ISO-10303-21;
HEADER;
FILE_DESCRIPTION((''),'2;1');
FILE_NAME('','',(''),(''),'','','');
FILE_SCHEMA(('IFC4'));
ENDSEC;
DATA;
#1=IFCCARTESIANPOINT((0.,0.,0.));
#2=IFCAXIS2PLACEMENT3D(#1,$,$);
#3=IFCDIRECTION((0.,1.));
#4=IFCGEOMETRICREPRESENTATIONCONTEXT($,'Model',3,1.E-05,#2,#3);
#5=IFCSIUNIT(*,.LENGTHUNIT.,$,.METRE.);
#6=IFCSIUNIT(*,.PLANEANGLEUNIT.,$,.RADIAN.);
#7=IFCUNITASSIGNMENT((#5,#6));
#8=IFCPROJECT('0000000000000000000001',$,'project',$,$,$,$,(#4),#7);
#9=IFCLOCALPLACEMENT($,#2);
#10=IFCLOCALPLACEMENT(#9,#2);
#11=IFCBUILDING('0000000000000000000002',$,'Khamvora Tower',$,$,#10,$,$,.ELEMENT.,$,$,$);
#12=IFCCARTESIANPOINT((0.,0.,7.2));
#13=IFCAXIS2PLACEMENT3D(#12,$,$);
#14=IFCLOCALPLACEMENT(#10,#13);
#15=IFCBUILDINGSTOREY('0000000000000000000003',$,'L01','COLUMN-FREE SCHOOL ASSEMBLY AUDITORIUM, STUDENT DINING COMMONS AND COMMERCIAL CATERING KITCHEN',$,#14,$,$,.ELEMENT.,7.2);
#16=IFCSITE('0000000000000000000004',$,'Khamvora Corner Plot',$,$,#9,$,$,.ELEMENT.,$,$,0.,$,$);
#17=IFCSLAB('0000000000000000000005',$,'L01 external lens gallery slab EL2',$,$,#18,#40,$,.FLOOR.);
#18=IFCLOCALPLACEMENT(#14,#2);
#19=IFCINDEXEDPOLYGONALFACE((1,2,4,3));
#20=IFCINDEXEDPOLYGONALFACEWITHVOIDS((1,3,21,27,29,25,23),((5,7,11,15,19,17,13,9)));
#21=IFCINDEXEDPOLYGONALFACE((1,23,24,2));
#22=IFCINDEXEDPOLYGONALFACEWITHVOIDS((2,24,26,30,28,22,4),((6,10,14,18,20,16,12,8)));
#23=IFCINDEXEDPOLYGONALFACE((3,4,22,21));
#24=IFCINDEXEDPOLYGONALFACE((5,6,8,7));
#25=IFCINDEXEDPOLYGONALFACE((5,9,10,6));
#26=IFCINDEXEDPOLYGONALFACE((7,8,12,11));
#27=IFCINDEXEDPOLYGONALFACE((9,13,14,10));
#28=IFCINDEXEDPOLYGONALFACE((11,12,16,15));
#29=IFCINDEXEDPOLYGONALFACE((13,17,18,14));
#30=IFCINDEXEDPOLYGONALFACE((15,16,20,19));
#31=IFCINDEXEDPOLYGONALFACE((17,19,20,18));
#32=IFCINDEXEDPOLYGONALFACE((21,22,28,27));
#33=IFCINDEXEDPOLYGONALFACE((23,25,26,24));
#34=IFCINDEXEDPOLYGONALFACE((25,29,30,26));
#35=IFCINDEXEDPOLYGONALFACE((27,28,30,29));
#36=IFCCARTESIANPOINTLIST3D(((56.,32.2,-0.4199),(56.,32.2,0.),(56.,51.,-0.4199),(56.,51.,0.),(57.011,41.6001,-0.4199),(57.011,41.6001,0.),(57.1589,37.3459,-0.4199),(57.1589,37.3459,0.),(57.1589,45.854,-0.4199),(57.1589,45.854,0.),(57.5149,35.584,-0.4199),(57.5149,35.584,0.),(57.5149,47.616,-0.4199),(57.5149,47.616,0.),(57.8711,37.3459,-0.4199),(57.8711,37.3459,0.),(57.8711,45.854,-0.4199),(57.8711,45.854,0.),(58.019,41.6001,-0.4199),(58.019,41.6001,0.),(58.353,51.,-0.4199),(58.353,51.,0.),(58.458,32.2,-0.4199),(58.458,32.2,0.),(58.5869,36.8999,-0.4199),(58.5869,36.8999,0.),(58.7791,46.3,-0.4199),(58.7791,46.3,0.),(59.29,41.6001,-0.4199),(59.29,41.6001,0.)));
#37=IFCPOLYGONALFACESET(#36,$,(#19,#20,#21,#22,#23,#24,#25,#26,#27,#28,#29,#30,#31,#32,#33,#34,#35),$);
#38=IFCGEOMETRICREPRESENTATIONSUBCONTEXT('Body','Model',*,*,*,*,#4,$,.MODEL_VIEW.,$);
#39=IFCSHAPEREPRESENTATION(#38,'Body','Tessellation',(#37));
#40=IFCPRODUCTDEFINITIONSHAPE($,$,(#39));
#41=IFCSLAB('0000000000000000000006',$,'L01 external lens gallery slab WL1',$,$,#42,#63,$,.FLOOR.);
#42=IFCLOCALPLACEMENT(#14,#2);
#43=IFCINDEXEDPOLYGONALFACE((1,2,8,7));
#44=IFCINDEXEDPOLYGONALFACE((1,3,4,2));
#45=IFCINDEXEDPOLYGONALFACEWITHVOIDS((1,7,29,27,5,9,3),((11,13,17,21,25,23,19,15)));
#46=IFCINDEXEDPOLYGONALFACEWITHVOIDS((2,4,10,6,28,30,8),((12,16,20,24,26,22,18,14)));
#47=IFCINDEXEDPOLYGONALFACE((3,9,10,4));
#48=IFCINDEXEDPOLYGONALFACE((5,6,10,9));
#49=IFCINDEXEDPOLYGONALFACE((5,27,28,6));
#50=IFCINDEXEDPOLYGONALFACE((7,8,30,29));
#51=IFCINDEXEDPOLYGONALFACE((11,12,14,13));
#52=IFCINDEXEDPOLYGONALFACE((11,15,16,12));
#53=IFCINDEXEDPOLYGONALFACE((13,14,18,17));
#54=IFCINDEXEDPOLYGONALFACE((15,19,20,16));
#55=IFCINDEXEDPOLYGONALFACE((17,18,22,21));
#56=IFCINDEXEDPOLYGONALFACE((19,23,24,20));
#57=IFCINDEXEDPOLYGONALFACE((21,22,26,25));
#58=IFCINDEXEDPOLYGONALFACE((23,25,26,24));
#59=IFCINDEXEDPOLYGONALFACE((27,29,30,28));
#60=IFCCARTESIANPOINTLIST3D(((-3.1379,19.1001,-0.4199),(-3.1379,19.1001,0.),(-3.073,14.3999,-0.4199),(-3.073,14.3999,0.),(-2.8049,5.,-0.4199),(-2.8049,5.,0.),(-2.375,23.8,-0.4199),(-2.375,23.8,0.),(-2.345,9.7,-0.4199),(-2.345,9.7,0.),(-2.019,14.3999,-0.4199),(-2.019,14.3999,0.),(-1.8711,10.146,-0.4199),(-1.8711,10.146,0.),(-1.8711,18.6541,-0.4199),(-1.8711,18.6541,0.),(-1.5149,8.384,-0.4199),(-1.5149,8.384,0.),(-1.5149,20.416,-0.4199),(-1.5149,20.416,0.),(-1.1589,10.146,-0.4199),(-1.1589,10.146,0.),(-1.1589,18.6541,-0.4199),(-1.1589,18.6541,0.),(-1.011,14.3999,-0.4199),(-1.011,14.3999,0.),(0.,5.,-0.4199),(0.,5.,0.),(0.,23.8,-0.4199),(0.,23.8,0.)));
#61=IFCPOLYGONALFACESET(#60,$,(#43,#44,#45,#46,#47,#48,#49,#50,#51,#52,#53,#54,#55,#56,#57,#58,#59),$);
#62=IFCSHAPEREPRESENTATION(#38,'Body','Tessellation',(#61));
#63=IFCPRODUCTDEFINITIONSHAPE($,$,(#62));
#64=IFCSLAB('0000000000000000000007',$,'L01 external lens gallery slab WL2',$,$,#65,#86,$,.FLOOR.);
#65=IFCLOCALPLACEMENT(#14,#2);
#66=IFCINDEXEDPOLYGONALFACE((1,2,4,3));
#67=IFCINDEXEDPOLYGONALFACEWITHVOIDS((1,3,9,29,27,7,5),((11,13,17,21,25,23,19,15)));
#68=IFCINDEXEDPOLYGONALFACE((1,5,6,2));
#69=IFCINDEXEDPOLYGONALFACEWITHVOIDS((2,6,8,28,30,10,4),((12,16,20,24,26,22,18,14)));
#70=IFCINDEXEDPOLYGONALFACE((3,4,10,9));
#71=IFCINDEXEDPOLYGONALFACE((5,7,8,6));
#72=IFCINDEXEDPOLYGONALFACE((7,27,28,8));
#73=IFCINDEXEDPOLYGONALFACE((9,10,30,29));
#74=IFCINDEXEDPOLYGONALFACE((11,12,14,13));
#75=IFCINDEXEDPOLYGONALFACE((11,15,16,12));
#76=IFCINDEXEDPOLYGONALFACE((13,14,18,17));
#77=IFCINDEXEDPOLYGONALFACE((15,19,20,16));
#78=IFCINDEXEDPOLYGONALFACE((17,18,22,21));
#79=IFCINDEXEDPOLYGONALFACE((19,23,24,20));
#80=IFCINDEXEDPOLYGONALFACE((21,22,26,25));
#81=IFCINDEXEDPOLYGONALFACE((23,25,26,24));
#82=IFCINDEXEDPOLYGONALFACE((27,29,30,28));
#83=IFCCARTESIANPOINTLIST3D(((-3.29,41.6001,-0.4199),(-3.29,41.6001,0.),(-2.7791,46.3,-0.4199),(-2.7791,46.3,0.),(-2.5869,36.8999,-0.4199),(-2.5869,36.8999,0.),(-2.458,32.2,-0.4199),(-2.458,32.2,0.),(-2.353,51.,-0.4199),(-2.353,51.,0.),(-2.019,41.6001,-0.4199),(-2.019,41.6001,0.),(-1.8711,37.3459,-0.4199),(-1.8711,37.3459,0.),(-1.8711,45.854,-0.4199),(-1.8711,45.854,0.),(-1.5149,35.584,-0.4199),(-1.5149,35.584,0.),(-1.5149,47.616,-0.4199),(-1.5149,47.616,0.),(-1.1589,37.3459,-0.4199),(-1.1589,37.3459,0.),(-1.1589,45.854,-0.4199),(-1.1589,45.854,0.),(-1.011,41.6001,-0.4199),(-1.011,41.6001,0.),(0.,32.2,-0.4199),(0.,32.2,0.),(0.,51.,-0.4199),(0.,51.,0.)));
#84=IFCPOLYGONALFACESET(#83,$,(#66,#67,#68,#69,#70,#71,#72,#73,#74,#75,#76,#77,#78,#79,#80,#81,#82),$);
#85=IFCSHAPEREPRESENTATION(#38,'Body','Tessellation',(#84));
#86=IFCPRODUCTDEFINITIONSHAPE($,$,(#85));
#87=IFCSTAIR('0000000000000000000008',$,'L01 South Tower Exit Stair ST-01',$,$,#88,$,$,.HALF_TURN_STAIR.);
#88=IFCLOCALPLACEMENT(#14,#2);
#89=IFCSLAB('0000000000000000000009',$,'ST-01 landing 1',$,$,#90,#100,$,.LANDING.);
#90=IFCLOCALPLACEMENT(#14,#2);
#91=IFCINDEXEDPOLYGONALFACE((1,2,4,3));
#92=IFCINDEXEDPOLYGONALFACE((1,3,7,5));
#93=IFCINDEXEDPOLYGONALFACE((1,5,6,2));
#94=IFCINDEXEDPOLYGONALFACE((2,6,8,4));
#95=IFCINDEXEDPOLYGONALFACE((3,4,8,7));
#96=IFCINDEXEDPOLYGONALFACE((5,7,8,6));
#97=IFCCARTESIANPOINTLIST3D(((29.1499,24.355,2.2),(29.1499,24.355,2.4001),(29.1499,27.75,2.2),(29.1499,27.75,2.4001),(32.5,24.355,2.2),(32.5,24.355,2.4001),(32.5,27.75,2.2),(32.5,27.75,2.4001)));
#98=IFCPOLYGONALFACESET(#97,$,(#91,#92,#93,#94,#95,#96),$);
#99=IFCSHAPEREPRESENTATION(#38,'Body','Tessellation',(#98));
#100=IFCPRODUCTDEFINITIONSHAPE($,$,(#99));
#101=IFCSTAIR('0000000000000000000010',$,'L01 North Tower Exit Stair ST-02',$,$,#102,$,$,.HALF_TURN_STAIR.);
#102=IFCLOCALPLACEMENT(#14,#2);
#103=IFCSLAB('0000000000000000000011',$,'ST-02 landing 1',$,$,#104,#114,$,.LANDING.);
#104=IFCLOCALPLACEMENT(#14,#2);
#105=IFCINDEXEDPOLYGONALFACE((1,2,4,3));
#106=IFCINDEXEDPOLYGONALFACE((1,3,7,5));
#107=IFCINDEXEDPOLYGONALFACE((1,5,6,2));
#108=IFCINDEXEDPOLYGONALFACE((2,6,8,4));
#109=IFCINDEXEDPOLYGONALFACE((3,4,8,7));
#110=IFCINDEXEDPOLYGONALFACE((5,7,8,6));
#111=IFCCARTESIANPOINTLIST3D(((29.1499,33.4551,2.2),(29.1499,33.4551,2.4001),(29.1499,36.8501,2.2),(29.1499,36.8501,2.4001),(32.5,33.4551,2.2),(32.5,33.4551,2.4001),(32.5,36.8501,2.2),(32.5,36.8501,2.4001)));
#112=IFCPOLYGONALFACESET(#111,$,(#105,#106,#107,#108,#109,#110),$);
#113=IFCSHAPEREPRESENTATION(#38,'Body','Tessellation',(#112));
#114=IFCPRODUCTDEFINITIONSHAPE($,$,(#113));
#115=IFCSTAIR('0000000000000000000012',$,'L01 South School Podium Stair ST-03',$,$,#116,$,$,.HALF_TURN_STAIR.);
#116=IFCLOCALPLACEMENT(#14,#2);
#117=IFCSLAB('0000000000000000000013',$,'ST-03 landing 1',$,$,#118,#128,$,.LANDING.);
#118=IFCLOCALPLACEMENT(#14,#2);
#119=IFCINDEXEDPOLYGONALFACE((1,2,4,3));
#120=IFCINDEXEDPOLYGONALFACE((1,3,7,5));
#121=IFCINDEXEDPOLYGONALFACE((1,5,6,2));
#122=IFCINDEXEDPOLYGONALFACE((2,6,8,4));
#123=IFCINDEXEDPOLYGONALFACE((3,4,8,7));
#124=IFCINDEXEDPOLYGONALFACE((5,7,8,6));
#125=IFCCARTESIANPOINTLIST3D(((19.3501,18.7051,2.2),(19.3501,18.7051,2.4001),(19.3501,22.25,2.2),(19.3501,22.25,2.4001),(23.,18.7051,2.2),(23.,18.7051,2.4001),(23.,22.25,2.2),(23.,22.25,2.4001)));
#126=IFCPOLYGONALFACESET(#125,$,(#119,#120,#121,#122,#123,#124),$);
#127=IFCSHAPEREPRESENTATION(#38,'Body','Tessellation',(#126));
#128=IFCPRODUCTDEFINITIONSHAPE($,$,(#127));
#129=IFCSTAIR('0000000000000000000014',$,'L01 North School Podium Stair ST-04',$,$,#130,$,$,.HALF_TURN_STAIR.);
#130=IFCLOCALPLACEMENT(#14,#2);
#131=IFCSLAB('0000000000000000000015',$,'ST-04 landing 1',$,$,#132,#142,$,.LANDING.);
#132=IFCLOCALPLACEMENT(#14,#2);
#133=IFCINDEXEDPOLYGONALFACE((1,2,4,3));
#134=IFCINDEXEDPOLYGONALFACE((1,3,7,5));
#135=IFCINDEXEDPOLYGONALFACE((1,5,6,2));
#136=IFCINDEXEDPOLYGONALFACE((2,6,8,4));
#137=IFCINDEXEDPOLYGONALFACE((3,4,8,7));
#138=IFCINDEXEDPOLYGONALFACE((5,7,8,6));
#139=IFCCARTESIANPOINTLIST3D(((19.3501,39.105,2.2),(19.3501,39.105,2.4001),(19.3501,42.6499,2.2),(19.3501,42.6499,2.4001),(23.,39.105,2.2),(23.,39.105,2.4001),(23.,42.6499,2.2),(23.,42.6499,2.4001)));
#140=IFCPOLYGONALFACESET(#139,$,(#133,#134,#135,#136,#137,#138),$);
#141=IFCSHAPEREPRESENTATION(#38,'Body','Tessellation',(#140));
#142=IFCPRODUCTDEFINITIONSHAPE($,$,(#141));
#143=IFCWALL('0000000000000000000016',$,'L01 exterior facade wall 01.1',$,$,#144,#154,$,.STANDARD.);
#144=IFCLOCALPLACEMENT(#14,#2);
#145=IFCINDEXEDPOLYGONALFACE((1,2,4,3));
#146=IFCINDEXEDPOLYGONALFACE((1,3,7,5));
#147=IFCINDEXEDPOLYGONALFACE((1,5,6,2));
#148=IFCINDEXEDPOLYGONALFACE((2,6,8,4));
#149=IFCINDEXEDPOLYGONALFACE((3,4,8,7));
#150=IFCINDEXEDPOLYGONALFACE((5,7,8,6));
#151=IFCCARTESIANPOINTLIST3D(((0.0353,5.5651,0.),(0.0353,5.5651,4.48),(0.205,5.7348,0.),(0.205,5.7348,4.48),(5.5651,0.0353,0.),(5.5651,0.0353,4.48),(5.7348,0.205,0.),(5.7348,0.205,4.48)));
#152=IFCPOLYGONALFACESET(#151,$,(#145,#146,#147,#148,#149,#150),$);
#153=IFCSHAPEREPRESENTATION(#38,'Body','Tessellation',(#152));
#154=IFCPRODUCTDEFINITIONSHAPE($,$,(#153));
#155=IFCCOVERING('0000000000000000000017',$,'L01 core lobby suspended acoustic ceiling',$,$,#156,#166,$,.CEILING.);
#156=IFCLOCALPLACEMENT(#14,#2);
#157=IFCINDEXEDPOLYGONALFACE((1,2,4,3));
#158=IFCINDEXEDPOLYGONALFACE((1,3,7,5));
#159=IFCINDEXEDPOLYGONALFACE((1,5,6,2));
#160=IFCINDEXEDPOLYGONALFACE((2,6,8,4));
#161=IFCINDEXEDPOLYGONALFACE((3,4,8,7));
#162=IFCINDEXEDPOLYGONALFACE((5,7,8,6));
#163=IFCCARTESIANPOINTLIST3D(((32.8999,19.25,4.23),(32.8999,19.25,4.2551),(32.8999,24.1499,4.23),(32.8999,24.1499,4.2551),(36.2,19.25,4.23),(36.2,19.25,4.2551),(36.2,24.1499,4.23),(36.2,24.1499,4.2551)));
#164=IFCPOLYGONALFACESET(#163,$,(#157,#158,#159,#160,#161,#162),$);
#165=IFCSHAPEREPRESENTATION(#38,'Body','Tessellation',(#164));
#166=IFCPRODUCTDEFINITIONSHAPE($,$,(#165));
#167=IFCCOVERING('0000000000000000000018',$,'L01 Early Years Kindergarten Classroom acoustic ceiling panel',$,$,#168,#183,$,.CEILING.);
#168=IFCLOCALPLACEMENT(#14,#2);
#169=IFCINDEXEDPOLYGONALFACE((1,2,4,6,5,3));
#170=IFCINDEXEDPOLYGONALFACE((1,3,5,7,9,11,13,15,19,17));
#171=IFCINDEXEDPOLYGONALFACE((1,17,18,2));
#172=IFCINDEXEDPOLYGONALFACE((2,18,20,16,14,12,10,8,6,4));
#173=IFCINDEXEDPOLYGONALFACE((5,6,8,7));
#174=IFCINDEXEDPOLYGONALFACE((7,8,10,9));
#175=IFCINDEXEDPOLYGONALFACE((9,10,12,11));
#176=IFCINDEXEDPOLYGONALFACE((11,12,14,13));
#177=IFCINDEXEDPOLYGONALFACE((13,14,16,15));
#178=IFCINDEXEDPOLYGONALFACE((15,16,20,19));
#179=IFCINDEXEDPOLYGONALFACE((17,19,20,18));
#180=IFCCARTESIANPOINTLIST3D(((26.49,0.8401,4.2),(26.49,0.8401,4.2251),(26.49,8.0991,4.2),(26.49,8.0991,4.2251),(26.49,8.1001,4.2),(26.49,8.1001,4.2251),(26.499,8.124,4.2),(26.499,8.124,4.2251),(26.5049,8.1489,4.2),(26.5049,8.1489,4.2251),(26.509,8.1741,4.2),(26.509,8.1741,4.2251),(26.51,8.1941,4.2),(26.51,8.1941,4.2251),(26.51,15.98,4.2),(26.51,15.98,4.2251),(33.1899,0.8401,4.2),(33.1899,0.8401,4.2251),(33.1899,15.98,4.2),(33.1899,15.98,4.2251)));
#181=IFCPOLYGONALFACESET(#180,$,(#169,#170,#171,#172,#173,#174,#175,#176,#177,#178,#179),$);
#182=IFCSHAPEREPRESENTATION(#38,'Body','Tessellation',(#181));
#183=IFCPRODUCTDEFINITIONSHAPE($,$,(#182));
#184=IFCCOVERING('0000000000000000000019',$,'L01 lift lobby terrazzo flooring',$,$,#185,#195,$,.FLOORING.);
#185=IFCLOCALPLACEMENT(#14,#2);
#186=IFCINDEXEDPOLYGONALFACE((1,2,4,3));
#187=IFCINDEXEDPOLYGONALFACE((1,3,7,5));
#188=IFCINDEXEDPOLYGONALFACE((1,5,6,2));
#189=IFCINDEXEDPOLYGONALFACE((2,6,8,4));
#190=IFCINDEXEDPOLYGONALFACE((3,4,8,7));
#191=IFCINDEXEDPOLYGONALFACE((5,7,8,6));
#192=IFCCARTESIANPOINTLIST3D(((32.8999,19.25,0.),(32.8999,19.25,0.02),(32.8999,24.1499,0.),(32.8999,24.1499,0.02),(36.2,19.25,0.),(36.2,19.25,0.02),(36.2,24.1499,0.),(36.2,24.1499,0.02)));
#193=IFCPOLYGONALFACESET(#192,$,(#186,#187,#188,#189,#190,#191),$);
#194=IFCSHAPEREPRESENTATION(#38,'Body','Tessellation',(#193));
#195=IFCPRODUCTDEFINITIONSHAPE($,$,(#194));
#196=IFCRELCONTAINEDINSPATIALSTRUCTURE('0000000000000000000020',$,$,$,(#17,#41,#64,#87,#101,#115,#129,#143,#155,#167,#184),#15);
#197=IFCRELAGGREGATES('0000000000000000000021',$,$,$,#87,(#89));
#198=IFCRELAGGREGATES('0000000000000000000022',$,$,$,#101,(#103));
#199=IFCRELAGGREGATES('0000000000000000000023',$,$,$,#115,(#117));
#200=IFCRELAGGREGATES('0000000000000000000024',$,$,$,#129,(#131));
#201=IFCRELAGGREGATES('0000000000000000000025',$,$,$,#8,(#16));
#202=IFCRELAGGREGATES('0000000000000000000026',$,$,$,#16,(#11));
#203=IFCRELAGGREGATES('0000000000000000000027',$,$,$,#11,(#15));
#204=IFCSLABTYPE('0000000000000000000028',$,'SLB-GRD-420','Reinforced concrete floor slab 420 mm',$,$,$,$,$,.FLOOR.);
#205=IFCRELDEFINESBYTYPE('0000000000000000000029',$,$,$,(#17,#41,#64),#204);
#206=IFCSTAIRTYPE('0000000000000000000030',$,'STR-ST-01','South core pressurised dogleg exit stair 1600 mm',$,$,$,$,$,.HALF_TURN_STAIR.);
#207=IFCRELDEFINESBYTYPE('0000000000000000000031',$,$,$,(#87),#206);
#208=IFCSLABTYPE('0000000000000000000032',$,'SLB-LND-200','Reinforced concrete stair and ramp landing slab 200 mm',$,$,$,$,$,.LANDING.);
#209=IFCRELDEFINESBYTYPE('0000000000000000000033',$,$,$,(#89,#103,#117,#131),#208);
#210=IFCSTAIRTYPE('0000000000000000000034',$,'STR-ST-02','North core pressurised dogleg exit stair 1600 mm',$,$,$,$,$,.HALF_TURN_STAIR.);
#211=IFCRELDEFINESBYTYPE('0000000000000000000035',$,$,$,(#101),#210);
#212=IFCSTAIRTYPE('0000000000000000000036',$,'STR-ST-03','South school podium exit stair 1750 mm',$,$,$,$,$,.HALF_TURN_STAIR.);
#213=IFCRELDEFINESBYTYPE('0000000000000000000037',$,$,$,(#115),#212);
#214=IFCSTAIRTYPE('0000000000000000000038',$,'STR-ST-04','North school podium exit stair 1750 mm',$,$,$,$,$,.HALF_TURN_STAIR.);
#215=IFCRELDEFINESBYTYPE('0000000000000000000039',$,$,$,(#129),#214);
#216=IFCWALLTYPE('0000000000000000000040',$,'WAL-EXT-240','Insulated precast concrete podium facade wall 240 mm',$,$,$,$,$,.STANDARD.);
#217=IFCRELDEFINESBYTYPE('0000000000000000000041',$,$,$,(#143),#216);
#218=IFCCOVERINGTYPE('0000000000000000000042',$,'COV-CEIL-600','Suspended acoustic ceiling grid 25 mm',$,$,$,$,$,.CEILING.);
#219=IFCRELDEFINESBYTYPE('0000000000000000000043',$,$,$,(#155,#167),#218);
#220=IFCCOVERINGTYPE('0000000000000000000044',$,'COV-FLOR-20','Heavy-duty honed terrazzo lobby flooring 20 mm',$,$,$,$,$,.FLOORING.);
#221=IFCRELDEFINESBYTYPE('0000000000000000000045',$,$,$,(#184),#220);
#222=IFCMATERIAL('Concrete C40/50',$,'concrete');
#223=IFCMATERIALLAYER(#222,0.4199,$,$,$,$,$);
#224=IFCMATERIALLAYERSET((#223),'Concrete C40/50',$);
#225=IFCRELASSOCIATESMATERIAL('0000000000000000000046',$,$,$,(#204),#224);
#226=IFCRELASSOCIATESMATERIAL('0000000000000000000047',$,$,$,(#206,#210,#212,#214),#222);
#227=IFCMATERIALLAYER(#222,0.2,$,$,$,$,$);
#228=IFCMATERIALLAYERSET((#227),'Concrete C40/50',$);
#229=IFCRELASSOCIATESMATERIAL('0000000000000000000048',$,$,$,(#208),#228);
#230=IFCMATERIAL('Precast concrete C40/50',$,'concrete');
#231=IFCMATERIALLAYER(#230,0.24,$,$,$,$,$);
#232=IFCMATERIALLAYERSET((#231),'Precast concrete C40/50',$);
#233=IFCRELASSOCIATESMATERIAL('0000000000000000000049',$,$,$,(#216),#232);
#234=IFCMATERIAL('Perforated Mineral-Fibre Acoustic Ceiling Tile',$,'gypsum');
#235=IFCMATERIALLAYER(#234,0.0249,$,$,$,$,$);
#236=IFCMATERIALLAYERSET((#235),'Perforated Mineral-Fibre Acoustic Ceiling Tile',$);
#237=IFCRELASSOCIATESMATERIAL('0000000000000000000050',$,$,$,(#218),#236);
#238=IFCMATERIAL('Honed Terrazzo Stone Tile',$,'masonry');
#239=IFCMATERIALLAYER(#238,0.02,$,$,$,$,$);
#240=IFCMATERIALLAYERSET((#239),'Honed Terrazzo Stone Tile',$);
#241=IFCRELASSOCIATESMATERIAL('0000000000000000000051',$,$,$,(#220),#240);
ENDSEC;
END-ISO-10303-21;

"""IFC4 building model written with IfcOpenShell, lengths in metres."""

from ifc_helpers import new_model, si_unit, direction, frame, frame_2d, origin, place, context, subcontext, project, spatial, polyline, rectangle, outline, extrude, material, layer, layer_set, type_object, element, aggregate, save


model = new_model("IFC4")

# Units and contexts
model_context = context("Model", 3, precision=1e-05, world=origin(), true_north=direction((0.0, 1.0)))
body_context = subcontext(model_context, "Body", "Model", "MODEL_VIEW")
ifc_project = project(units=[si_unit("LENGTHUNIT", "METRE"), si_unit("PLANEANGLEUNIT", "RADIAN")], contexts=[model_context])

# Site, building, storey
site_placement = place(None, origin())
site = spatial("IfcSite", under=ifc_project, at=site_placement, Name="Khamvora Corner Plot", CompositionType="ELEMENT", RefElevation=0.0)
building_placement = place(site_placement, origin())
building = spatial("IfcBuilding", under=site, at=building_placement, Name="Khamvora Tower", CompositionType="ELEMENT")
storey_placement = place(building_placement, frame((0.0, 0.0, 7.2)))
storey = spatial("IfcBuildingStorey", under=building, at=storey_placement, Name="L01", Description="COLUMN-FREE SCHOOL ASSEMBLY AUDITORIUM, STUDENT DINING COMMONS AND COMMERCIAL CATERING KITCHEN", CompositionType="ELEMENT", Elevation=7.2)

# Slabs
ifc_material_1 = material(Name="Concrete C40/50", Category="concrete")
ifc_layer_1 = layer(ifc_material_1, 0.4199)
ifc_layer_set_1 = layer_set([ifc_layer_1], Name="Concrete C40/50")
slab_type_1 = type_object("IfcSlabType", Name="SLB-GRD-420", Description="Reinforced concrete floor slab 420 mm", PredefinedType="FLOOR", material=ifc_layer_set_1)
slab_1_placement = place(storey_placement, frame((0.0, 0.0, -0.4199)))
element("IfcSlab", 1, at=slab_1_placement, inside=storey, type_object=slab_type_1, Name="L01 external lens gallery slab EL2", PredefinedType="FLOOR", context=body_context, shape_type="SweptSolid", body=[
    extrude(outline(polyline([(58.458, 32.2), (58.5869, 36.8999), (59.29, 41.6001), (58.7791, 46.3), (58.353, 51.0), (56.0, 51.0), (56.0, 32.2), (58.458, 32.2)]), holes=[polyline([(58.019, 41.6001), (57.8711, 45.854), (57.5149, 47.616), (57.1589, 45.854), (57.011, 41.6001), (57.1589, 37.3459), (57.5149, 35.584), (57.8711, 37.3459), (58.019, 41.6001)])]), origin(), (0.0, 0.0, 1.0), 0.4199),
])
slab_2_placement = place(storey_placement, frame((0.0, 0.0, -0.4199)))
element("IfcSlab", 2, at=slab_2_placement, inside=storey, type_object=slab_type_1, Name="L01 external lens gallery slab WL1", PredefinedType="FLOOR", context=body_context, shape_type="SweptSolid", body=[
    extrude(outline(polyline([(0.0, 5.0), (0.0, 23.8), (-2.375, 23.8), (-3.1379, 19.1001), (-3.073, 14.3999), (-2.345, 9.7), (-2.8049, 5.0), (0.0, 5.0)]), holes=[polyline([(-1.011, 14.3999), (-1.1589, 18.6541), (-1.5149, 20.416), (-1.8711, 18.6541), (-2.019, 14.3999), (-1.8711, 10.146), (-1.5149, 8.384), (-1.1589, 10.146), (-1.011, 14.3999)])]), origin(), (0.0, 0.0, 1.0), 0.4199),
])
slab_3_placement = place(storey_placement, frame((0.0, 0.0, -0.4199)))
element("IfcSlab", 3, at=slab_3_placement, inside=storey, type_object=slab_type_1, Name="L01 external lens gallery slab WL2", PredefinedType="FLOOR", context=body_context, shape_type="SweptSolid", body=[
    extrude(outline(polyline([(0.0, 32.2), (0.0, 51.0), (-2.353, 51.0), (-2.7791, 46.3), (-3.29, 41.6001), (-2.5869, 36.8999), (-2.458, 32.2), (0.0, 32.2)]), holes=[polyline([(-1.011, 41.6001), (-1.1589, 45.854), (-1.5149, 47.616), (-1.8711, 45.854), (-2.019, 41.6001), (-1.8711, 37.3459), (-1.5149, 35.584), (-1.1589, 37.3459), (-1.011, 41.6001)])]), origin(), (0.0, 0.0, 1.0), 0.4199),
])

# Stairs, slabs
stair_type_1 = type_object("IfcStairType", Name="STR-ST-01", Description="South core pressurised dogleg exit stair 1600 mm", PredefinedType="HALF_TURN_STAIR", material=ifc_material_1)
stair_1_placement = place(storey_placement, origin())
stair_1 = element("IfcStair", 4, at=stair_1_placement, inside=storey, type_object=stair_type_1, Name="L01 South Tower Exit Stair ST-01", PredefinedType="HALF_TURN_STAIR")
ifc_layer_2 = layer(ifc_material_1, 0.2)
ifc_layer_set_2 = layer_set([ifc_layer_2], Name="Concrete C40/50")
slab_type_2 = type_object("IfcSlabType", Name="SLB-LND-200", Description="Reinforced concrete stair and ramp landing slab 200 mm", PredefinedType="LANDING", material=ifc_layer_set_2)
slab_4_placement = place(storey_placement, frame((0.0, 0.0, 2.2)))
slab_4 = element("IfcSlab", 5, at=slab_4_placement, type_object=slab_type_2, Name="ST-01 landing 1", PredefinedType="LANDING", context=body_context, shape_type="SweptSolid", body=[
    extrude(outline(polyline([(32.5, 24.355), (32.5, 27.75), (29.1499, 27.75), (29.1499, 24.355), (32.5, 24.355)])), origin(), (0.0, 0.0, 1.0), 0.2002),
])
aggregate(stair_1, [slab_4])
stair_type_2 = type_object("IfcStairType", Name="STR-ST-02", Description="North core pressurised dogleg exit stair 1600 mm", PredefinedType="HALF_TURN_STAIR", material=ifc_material_1)
stair_2_placement = place(storey_placement, origin())
stair_2 = element("IfcStair", 6, at=stair_2_placement, inside=storey, type_object=stair_type_2, Name="L01 North Tower Exit Stair ST-02", PredefinedType="HALF_TURN_STAIR")
slab_5_placement = place(storey_placement, frame((0.0, 0.0, 2.2)))
slab_5 = element("IfcSlab", 7, at=slab_5_placement, type_object=slab_type_2, Name="ST-02 landing 1", PredefinedType="LANDING", context=body_context, shape_type="SweptSolid", body=[
    extrude(outline(polyline([(32.5, 33.4551), (32.5, 36.8501), (29.1499, 36.8501), (29.1499, 33.4551), (32.5, 33.4551)])), origin(), (0.0, 0.0, 1.0), 0.2002),
])
aggregate(stair_2, [slab_5])
stair_type_3 = type_object("IfcStairType", Name="STR-ST-03", Description="South school podium exit stair 1750 mm", PredefinedType="HALF_TURN_STAIR", material=ifc_material_1)
stair_3_placement = place(storey_placement, origin())
stair_3 = element("IfcStair", 8, at=stair_3_placement, inside=storey, type_object=stair_type_3, Name="L01 South School Podium Stair ST-03", PredefinedType="HALF_TURN_STAIR")
slab_6_placement = place(storey_placement, frame((0.0, 0.0, 2.2)))
slab_6 = element("IfcSlab", 9, at=slab_6_placement, type_object=slab_type_2, Name="ST-03 landing 1", PredefinedType="LANDING", context=body_context, shape_type="SweptSolid", body=[
    extrude(outline(polyline([(23.0, 18.7051), (23.0, 22.25), (19.3501, 22.25), (19.3501, 18.7051), (23.0, 18.7051)])), origin(), (0.0, 0.0, 1.0), 0.2002),
])
aggregate(stair_3, [slab_6])
stair_type_4 = type_object("IfcStairType", Name="STR-ST-04", Description="North school podium exit stair 1750 mm", PredefinedType="HALF_TURN_STAIR", material=ifc_material_1)
stair_4_placement = place(storey_placement, origin())
stair_4 = element("IfcStair", 10, at=stair_4_placement, inside=storey, type_object=stair_type_4, Name="L01 North School Podium Stair ST-04", PredefinedType="HALF_TURN_STAIR")
slab_7_placement = place(storey_placement, frame((0.0, 0.0, 2.2)))
slab_7 = element("IfcSlab", 11, at=slab_7_placement, type_object=slab_type_2, Name="ST-04 landing 1", PredefinedType="LANDING", context=body_context, shape_type="SweptSolid", body=[
    extrude(outline(polyline([(23.0, 39.105), (23.0, 42.6499), (19.3501, 42.6499), (19.3501, 39.105), (23.0, 39.105)])), origin(), (0.0, 0.0, 1.0), 0.2002),
])
aggregate(stair_4, [slab_7])

# Wall
ifc_material_2 = material(Name="Precast concrete C40/50", Category="concrete")
ifc_layer_3 = layer(ifc_material_2, 0.24)
ifc_layer_set_3 = layer_set([ifc_layer_3], Name="Precast concrete C40/50")
wall_type = type_object("IfcWallType", Name="WAL-EXT-240", Description="Insulated precast concrete podium facade wall 240 mm", PredefinedType="STANDARD", material=ifc_layer_set_3)
wall_placement = place(storey_placement, frame((5.6499, 0.1201, 0.0), z_axis=(0.0, 0.0, 1.0), x_axis=(-0.707107, 0.707107, 0.0)))
element("IfcWall", 12, at=wall_placement, inside=storey, type_object=wall_type, Name="L01 exterior facade wall 01.1", PredefinedType="STANDARD", context=body_context, shape_type="SweptSolid", body=[
    extrude(rectangle(XDim=7.8203, YDim=0.24, at=frame_2d((3.9102, 0.0))), origin(), (0.0, 0.0, 1.0), 4.48),
])

# Coverings
ifc_material_3 = material(Name="Perforated Mineral-Fibre Acoustic Ceiling Tile", Category="gypsum")
ifc_layer_4 = layer(ifc_material_3, 0.0249)
ifc_layer_set_4 = layer_set([ifc_layer_4], Name="Perforated Mineral-Fibre Acoustic Ceiling Tile")
covering_type_1 = type_object("IfcCoveringType", Name="COV-CEIL-600", Description="Suspended acoustic ceiling grid 25 mm", PredefinedType="CEILING", material=ifc_layer_set_4)
covering_1_placement = place(storey_placement, frame((0.0, 0.0, 4.23)))
element("IfcCovering", 13, at=covering_1_placement, inside=storey, type_object=covering_type_1, Name="L01 core lobby suspended acoustic ceiling", PredefinedType="CEILING", context=body_context, shape_type="SweptSolid", body=[
    extrude(outline(polyline([(32.8999, 19.25), (36.2, 19.25), (36.2, 24.1499), (32.8999, 24.1499), (32.8999, 19.25)])), origin(), (0.0, 0.0, 1.0), 0.0251),
])
covering_2_placement = place(storey_placement, frame((0.0, 0.0, 4.2)))
element("IfcCovering", 14, at=covering_2_placement, inside=storey, type_object=covering_type_1, Name="L01 Early Years Kindergarten Classroom acoustic ceiling panel", PredefinedType="CEILING", context=body_context, shape_type="SweptSolid", body=[
    extrude(outline(polyline([(26.49, 8.0991), (26.49, 8.1001), (26.499, 8.124), (26.5049, 8.1489), (26.509, 8.1741), (26.51, 8.1941), (26.51, 15.98), (33.1899, 15.98), (33.1899, 0.8401), (26.49, 0.8401), (26.49, 8.0991)])), origin(), (0.0, 0.0, 1.0), 0.0251),
])
ifc_material_4 = material(Name="Honed Terrazzo Stone Tile", Category="masonry")
ifc_layer_5 = layer(ifc_material_4, 0.02)
ifc_layer_set_5 = layer_set([ifc_layer_5], Name="Honed Terrazzo Stone Tile")
covering_type_2 = type_object("IfcCoveringType", Name="COV-FLOR-20", Description="Heavy-duty honed terrazzo lobby flooring 20 mm", PredefinedType="FLOORING", material=ifc_layer_set_5)
covering_3_placement = place(storey_placement, origin())
element("IfcCovering", 15, at=covering_3_placement, inside=storey, type_object=covering_type_2, Name="L01 lift lobby terrazzo flooring", PredefinedType="FLOORING", context=body_context, shape_type="SweptSolid", body=[
    extrude(outline(polyline([(32.8999, 19.25), (36.2, 19.25), (36.2, 24.1499), (32.8999, 24.1499), (32.8999, 19.25)])), origin(), (0.0, 0.0, 1.0), 0.02),
])

save(model, "model.ifc")
